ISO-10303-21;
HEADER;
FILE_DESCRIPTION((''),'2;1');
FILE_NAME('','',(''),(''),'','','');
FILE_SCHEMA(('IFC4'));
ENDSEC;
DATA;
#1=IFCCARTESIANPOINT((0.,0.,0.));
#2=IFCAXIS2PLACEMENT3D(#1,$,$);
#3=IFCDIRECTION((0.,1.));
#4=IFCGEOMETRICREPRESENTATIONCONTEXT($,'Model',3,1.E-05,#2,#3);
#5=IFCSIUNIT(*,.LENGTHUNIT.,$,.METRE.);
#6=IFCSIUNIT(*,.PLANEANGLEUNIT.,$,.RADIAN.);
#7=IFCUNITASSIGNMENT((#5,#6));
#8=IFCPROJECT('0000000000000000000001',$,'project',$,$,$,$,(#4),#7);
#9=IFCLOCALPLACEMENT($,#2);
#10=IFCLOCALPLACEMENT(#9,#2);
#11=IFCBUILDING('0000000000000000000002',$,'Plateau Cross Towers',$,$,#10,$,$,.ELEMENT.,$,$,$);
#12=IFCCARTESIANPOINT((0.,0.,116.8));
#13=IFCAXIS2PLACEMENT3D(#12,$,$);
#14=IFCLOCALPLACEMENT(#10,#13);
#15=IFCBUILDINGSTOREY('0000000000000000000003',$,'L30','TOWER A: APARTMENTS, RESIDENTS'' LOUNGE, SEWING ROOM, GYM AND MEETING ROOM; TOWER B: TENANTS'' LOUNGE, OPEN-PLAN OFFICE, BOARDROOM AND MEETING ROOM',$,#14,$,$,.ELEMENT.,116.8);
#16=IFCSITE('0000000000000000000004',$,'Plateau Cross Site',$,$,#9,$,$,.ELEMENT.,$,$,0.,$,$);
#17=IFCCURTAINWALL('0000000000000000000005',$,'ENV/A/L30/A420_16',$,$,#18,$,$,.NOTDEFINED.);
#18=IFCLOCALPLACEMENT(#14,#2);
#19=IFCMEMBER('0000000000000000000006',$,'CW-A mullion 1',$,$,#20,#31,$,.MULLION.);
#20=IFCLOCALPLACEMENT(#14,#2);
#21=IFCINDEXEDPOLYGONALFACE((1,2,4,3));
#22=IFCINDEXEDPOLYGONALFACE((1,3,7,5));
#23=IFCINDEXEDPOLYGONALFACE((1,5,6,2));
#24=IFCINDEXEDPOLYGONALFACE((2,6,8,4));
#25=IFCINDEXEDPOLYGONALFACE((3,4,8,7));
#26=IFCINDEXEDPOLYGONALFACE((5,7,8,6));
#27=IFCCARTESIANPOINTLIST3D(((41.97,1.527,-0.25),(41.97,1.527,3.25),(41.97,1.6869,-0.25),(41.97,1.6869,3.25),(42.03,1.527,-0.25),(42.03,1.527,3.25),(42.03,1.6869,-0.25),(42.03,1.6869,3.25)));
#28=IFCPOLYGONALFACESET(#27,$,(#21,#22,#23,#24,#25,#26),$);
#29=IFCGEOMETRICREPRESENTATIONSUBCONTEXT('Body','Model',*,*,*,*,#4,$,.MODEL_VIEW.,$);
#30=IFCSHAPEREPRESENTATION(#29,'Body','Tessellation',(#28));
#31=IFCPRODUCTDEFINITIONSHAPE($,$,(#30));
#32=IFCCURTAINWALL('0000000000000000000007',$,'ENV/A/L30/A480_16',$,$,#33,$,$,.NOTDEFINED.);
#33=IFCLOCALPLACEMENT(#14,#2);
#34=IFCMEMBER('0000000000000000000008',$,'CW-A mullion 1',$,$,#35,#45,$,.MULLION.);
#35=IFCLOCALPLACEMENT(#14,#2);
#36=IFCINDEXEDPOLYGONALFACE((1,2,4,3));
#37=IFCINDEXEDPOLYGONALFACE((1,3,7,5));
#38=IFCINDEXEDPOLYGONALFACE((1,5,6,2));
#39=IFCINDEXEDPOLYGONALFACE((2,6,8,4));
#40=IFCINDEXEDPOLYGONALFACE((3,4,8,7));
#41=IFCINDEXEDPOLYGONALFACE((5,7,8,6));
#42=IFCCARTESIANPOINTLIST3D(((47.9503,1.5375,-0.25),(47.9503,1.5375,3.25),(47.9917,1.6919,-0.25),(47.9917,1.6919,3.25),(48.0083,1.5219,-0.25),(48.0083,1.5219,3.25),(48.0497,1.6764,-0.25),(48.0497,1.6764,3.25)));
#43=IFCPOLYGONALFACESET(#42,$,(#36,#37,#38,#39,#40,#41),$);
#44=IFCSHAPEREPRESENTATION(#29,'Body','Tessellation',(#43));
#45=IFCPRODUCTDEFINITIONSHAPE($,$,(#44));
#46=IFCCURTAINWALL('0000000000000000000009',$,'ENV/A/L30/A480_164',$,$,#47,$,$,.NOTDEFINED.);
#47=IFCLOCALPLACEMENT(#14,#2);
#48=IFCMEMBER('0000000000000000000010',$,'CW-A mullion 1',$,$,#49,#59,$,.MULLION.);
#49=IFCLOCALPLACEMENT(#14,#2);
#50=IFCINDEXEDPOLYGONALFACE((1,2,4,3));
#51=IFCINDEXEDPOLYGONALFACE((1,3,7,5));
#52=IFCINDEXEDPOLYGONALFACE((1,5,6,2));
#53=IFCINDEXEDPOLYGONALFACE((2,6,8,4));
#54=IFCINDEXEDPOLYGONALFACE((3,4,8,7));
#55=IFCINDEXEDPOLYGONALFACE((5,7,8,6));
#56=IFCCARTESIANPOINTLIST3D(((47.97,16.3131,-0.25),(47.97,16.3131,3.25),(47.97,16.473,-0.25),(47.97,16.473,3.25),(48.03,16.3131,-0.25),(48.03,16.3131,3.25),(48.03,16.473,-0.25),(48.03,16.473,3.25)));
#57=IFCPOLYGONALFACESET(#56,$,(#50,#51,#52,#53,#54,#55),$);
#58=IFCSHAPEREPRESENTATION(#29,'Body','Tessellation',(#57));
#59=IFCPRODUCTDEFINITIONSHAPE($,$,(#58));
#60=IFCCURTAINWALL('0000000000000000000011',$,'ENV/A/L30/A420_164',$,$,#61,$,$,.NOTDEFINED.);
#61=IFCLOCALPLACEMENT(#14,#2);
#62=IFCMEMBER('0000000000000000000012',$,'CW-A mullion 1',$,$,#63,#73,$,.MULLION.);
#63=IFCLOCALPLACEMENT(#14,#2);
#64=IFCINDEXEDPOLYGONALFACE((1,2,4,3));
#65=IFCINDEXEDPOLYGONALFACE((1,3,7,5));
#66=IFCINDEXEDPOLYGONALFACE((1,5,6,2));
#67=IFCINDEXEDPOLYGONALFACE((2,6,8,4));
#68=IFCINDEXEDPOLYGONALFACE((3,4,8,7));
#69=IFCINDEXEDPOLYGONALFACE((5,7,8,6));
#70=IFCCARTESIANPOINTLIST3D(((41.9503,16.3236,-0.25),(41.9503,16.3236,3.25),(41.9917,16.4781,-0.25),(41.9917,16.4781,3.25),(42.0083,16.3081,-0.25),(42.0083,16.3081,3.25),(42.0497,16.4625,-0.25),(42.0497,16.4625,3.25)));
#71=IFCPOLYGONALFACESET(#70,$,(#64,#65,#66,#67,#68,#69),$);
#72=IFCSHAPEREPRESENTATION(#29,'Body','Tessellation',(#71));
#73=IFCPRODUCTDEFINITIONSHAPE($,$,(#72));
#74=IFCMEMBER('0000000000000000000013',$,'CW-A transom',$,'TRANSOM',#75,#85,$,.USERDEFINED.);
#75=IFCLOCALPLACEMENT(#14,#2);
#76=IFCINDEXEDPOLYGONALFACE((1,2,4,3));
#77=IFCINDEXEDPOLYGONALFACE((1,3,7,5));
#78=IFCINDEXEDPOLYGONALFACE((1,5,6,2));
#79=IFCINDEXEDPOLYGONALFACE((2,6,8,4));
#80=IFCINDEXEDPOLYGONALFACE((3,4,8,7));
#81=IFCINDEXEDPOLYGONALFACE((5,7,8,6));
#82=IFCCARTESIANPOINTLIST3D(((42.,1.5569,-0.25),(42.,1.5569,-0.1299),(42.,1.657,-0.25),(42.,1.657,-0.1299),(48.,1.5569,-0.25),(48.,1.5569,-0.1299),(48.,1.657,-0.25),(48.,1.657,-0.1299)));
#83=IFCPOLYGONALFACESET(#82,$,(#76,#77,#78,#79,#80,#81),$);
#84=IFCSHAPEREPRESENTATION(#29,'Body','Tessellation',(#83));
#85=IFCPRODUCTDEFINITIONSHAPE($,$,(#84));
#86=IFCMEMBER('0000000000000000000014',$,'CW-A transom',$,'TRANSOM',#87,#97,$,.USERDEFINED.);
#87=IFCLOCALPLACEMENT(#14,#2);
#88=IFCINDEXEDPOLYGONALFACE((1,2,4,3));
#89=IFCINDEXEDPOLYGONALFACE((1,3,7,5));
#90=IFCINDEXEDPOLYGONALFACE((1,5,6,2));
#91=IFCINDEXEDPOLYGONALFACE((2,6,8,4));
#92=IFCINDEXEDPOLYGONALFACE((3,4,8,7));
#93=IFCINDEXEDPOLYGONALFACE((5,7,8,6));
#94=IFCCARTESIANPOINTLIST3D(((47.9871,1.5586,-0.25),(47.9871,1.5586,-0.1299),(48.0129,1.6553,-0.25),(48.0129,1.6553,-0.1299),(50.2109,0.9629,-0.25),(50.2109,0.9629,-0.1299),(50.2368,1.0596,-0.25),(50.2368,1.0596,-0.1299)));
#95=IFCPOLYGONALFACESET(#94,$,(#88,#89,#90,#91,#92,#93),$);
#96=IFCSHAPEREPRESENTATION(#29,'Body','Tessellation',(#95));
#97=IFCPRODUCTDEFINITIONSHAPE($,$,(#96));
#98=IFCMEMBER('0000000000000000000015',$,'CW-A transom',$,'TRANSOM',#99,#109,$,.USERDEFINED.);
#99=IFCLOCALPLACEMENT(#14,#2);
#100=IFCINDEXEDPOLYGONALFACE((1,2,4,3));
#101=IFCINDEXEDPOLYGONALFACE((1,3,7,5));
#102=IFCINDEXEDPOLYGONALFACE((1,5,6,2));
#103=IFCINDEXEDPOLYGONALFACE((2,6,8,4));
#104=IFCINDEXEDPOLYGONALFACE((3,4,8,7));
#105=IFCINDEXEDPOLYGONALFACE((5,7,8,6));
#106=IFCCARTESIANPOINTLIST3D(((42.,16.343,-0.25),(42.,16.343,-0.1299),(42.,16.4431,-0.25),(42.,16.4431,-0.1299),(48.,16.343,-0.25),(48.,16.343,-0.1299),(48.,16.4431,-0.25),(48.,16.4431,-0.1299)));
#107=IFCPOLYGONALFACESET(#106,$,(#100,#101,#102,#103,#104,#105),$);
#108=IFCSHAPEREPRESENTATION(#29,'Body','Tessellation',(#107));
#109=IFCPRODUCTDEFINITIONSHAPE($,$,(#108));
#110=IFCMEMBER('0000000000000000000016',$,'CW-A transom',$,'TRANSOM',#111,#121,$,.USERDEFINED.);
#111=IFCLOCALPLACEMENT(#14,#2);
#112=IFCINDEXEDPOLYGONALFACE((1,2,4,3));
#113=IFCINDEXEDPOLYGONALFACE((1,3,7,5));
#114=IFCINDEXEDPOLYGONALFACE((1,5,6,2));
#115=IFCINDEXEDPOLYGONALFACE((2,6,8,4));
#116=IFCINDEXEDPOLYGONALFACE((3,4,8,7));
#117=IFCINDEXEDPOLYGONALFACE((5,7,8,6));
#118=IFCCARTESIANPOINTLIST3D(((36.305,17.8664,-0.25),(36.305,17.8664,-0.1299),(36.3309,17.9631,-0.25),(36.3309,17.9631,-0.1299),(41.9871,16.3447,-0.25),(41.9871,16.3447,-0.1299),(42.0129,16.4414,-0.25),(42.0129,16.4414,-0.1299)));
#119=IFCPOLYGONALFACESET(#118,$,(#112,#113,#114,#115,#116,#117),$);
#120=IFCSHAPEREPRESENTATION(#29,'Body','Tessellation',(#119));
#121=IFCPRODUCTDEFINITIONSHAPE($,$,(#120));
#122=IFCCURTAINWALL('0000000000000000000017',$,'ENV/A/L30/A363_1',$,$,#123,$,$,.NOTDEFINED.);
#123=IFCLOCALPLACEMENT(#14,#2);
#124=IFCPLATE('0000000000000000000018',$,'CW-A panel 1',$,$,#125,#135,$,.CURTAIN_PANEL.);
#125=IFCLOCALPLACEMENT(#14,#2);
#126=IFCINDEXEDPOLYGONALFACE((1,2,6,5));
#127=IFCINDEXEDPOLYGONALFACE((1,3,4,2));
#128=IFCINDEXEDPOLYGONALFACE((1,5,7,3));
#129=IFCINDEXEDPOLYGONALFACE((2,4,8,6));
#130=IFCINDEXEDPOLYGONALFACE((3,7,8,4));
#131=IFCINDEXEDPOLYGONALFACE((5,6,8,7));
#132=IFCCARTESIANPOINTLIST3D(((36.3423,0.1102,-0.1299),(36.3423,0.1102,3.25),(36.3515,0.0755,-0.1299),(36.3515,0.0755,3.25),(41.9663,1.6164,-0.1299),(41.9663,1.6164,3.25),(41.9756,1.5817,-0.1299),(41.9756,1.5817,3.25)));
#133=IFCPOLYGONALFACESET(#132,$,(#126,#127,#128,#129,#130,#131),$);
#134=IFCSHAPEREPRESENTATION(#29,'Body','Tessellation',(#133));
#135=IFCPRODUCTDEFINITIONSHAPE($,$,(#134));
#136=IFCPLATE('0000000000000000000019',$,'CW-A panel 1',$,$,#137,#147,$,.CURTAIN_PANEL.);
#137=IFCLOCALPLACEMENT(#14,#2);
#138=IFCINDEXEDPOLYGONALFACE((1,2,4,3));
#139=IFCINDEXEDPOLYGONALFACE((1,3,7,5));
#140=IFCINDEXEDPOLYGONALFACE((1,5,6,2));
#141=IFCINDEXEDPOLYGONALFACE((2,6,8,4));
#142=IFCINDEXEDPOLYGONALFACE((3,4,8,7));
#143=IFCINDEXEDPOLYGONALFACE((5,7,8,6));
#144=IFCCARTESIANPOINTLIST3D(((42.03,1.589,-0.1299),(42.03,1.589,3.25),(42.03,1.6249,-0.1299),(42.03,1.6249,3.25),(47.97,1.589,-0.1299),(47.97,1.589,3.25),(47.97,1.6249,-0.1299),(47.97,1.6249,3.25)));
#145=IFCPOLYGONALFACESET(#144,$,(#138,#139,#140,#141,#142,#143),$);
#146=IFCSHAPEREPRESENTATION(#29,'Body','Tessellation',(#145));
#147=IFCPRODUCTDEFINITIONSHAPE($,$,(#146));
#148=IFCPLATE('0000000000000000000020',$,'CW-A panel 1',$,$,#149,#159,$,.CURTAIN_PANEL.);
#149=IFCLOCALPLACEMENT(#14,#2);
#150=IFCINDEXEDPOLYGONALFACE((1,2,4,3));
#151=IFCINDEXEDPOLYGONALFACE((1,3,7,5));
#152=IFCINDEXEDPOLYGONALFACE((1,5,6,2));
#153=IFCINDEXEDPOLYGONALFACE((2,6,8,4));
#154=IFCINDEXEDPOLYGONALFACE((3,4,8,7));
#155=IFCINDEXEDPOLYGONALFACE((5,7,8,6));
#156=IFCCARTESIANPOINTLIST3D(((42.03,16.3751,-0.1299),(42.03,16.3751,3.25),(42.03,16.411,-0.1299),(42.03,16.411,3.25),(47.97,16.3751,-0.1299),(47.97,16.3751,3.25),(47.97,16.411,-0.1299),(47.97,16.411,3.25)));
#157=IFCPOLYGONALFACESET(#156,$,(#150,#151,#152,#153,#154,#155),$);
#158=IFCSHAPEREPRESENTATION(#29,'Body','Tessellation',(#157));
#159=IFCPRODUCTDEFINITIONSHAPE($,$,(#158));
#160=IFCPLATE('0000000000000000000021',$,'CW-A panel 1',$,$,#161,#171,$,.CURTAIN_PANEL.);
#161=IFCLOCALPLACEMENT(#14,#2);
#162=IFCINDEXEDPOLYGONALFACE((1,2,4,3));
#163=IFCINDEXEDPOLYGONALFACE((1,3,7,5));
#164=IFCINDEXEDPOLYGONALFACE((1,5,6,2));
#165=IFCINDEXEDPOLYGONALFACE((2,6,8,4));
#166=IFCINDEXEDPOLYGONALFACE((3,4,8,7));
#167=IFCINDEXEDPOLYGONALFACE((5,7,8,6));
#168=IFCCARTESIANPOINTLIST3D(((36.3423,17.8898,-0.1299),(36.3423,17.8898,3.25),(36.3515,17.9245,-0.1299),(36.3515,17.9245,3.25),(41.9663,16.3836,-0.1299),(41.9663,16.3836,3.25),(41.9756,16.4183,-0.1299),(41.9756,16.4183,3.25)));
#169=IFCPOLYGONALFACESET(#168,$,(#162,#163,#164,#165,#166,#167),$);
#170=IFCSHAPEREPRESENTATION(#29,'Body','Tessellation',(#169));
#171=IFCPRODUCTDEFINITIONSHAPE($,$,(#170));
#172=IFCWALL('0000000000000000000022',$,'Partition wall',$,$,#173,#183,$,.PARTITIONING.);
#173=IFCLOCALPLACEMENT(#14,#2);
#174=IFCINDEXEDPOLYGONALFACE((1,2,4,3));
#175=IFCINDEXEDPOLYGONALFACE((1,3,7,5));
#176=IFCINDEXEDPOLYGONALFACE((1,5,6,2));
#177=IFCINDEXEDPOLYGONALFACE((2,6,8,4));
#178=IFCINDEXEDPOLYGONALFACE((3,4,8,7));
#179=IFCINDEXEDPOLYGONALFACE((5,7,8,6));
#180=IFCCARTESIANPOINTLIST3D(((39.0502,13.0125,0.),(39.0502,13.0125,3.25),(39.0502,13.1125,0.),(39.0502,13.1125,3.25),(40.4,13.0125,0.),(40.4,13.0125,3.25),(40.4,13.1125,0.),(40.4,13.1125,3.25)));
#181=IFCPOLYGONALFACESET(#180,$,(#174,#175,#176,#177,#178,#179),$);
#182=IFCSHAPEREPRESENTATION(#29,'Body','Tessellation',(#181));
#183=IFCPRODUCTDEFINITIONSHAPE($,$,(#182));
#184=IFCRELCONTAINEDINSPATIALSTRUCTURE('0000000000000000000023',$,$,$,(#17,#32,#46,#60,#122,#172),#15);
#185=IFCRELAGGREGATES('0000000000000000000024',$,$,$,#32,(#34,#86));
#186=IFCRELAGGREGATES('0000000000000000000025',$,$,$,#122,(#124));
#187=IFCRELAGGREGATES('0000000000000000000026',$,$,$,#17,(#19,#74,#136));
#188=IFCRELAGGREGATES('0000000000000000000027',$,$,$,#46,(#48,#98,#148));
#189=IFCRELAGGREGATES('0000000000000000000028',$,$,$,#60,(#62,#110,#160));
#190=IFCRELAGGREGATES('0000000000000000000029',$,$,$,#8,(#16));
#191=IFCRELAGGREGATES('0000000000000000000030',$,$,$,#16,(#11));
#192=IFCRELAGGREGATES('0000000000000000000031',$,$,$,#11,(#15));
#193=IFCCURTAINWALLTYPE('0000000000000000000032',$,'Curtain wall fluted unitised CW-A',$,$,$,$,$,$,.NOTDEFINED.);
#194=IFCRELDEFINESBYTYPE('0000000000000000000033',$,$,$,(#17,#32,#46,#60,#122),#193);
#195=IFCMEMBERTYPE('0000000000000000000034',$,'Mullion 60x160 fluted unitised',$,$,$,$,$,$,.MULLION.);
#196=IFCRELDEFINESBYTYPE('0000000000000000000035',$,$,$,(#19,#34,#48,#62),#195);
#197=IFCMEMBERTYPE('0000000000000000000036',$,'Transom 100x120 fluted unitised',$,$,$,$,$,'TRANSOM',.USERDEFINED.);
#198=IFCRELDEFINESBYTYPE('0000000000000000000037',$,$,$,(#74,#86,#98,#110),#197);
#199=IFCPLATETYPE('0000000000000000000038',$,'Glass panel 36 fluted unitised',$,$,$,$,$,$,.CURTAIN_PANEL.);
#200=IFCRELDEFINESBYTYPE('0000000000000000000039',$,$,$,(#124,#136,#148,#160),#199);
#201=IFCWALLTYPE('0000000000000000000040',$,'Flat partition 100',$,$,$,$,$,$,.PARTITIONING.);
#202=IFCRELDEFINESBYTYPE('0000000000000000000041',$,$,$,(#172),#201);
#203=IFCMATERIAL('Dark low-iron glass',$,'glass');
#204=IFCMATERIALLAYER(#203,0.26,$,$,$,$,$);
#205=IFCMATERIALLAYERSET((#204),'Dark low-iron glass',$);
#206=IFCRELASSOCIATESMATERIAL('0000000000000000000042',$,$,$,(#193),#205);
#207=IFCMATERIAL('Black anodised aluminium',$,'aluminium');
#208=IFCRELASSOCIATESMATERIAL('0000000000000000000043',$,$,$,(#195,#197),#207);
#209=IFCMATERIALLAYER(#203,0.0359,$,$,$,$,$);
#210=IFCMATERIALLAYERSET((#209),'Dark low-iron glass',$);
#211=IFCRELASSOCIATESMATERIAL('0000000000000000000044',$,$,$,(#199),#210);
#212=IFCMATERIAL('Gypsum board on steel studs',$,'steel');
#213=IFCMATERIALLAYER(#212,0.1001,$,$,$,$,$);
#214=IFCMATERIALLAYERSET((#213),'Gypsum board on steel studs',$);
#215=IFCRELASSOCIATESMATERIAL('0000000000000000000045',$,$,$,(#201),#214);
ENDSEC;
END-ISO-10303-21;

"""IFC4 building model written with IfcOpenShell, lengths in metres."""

from ifc_helpers import new_model, si_unit, direction, frame, frame_2d, origin, origin_2d, place, context, subcontext, project, spatial, rectangle, extrude, material, layer, layer_set, material_profile, profile_set, type_object, element, aggregate, save


model = new_model("IFC4")

# Units and contexts
model_context = context("Model", 3, precision=1e-05, world=origin(), true_north=direction((0.0, 1.0)))
body_context = subcontext(model_context, "Body", "Model", "MODEL_VIEW")
ifc_project = project(units=[si_unit("LENGTHUNIT", "METRE"), si_unit("PLANEANGLEUNIT", "RADIAN")], contexts=[model_context])

# Site, building, storey
site_placement = place(None, origin())
site = spatial("IfcSite", under=ifc_project, at=site_placement, Name="Plateau Cross Site", CompositionType="ELEMENT", RefElevation=0.0)
building_placement = place(site_placement, origin())
building = spatial("IfcBuilding", under=site, at=building_placement, Name="Plateau Cross Towers", CompositionType="ELEMENT")
storey_placement = place(building_placement, frame((0.0, 0.0, 116.8)))
storey = spatial("IfcBuildingStorey", under=building, at=storey_placement, Name="L30", Description="TOWER A: APARTMENTS, RESIDENTS' LOUNGE, SEWING ROOM, GYM AND MEETING ROOM; TOWER B: TENANTS' LOUNGE, OPEN-PLAN OFFICE, BOARDROOM AND MEETING ROOM", CompositionType="ELEMENT", Elevation=116.8)

# Curtain walls, members
ifc_material_1 = material(Name="Dark low-iron glass", Category="glass")
ifc_layer_1 = layer(ifc_material_1, 0.26)
ifc_layer_set_1 = layer_set([ifc_layer_1], Name="Dark low-iron glass")
curtain_wall_type = type_object("IfcCurtainWallType", Name="Curtain wall fluted unitised CW-A", PredefinedType="NOTDEFINED", material=ifc_layer_set_1)
curtain_wall_1_placement = place(storey_placement, origin())
curtain_wall_1 = element("IfcCurtainWall", 1, at=curtain_wall_1_placement, inside=storey, type_object=curtain_wall_type, Name="ENV/A/L30/A420_16", PredefinedType="NOTDEFINED")
ifc_material_2 = material(Name="Black anodised aluminium", Category="aluminium")
ifc_material_profile_1 = material_profile(ifc_material_2, rectangle(XDim=0.0601, YDim=0.1599, at=origin_2d()), Name="MULLION 60x160")
ifc_profile_set_1 = profile_set([ifc_material_profile_1], Name="Black anodised aluminium")
member_type_1 = type_object("IfcMemberType", Name="Mullion 60x160 fluted unitised", PredefinedType="MULLION", material=ifc_profile_set_1)
member_1_placement = place(storey_placement, frame((42.0, 1.6069, -0.25), z_axis=(0.0, 0.0, 1.0), x_axis=(1.0, 0.0, 0.0)))
member_1 = element("IfcMember", 2, at=member_1_placement, type_object=member_type_1, Name="CW-A mullion 1", PredefinedType="MULLION", context=body_context, shape_type="SweptSolid", body=[
    extrude(rectangle(XDim=0.0601, YDim=0.1599, at=origin_2d()), origin(), (0.0, 0.0, 1.0), 3.5),
])
curtain_wall_2_placement = place(storey_placement, origin())
curtain_wall_2 = element("IfcCurtainWall", 3, at=curtain_wall_2_placement, inside=storey, type_object=curtain_wall_type, Name="ENV/A/L30/A480_16", PredefinedType="NOTDEFINED")
member_2_placement = place(storey_placement, frame((48.0, 1.6069, -0.25), z_axis=(0.0, 0.0, 1.0), x_axis=(0.965958, -0.258699, 0.0)))
member_2 = element("IfcMember", 4, at=member_2_placement, type_object=member_type_1, Name="CW-A mullion 1", PredefinedType="MULLION", context=body_context, shape_type="SweptSolid", body=[
    extrude(rectangle(XDim=0.0601, YDim=0.1599, at=origin_2d()), origin(), (0.0, 0.0, 1.0), 3.5),
])
curtain_wall_3_placement = place(storey_placement, origin())
curtain_wall_3 = element("IfcCurtainWall", 5, at=curtain_wall_3_placement, inside=storey, type_object=curtain_wall_type, Name="ENV/A/L30/A480_164", PredefinedType="NOTDEFINED")
member_3_placement = place(storey_placement, frame((48.0, 16.3931, -0.25), z_axis=(0.0, 0.0, 1.0), x_axis=(-1.0, 0.0, 0.0)))
member_3 = element("IfcMember", 6, at=member_3_placement, type_object=member_type_1, Name="CW-A mullion 1", PredefinedType="MULLION", context=body_context, shape_type="SweptSolid", body=[
    extrude(rectangle(XDim=0.0601, YDim=0.1599, at=origin_2d()), origin(), (0.0, 0.0, 1.0), 3.5),
])
curtain_wall_4_placement = place(storey_placement, origin())
curtain_wall_4 = element("IfcCurtainWall", 7, at=curtain_wall_4_placement, inside=storey, type_object=curtain_wall_type, Name="ENV/A/L30/A420_164", PredefinedType="NOTDEFINED")
member_4_placement = place(storey_placement, frame((42.0, 16.3931, -0.25), z_axis=(0.0, 0.0, 1.0), x_axis=(-0.965958, 0.258699, 0.0)))
member_4 = element("IfcMember", 8, at=member_4_placement, type_object=member_type_1, Name="CW-A mullion 1", PredefinedType="MULLION", context=body_context, shape_type="SweptSolid", body=[
    extrude(rectangle(XDim=0.0601, YDim=0.1599, at=origin_2d()), origin(), (0.0, 0.0, 1.0), 3.5),
])

# Members
ifc_material_profile_2 = material_profile(ifc_material_2, rectangle(XDim=0.1001, YDim=0.1201, at=origin_2d()), Name="TRANSOM 100x120")
ifc_profile_set_2 = profile_set([ifc_material_profile_2], Name="Black anodised aluminium")
member_type_2 = type_object("IfcMemberType", Name="Transom 100x120 fluted unitised", ElementType="TRANSOM", PredefinedType="USERDEFINED", material=ifc_profile_set_2)
member_5_placement = place(storey_placement, frame((42.0, 1.6069, -0.1899), z_axis=(1.0, 0.0, 0.0), x_axis=(0.0, 1.0, 0.0)))
member_5 = element("IfcMember", 9, at=member_5_placement, type_object=member_type_2, Name="CW-A transom", ObjectType="TRANSOM", PredefinedType="USERDEFINED", context=body_context, shape_type="SweptSolid", body=[
    extrude(rectangle(XDim=0.1001, YDim=0.1201, at=origin_2d()), origin(), (0.0, 0.0, 1.0), 6.0),
])
member_6_placement = place(storey_placement, frame((48.0, 1.6069, -0.1899), z_axis=(0.965946, -0.258745, 0.0), x_axis=(0.258745, 0.965946, 0.0)))
member_6 = element("IfcMember", 10, at=member_6_placement, type_object=member_type_2, Name="CW-A transom", ObjectType="TRANSOM", PredefinedType="USERDEFINED", context=body_context, shape_type="SweptSolid", body=[
    extrude(rectangle(XDim=0.1001, YDim=0.1201, at=origin_2d()), origin(), (0.0, 0.0, 1.0), 2.3022),
])
aggregate(curtain_wall_2, [member_2, member_6])
member_7_placement = place(storey_placement, frame((48.0, 16.3931, -0.1899), z_axis=(-1.0, 0.0, 0.0), x_axis=(0.0, -1.0, 0.0)))
member_7 = element("IfcMember", 11, at=member_7_placement, type_object=member_type_2, Name="CW-A transom", ObjectType="TRANSOM", PredefinedType="USERDEFINED", context=body_context, shape_type="SweptSolid", body=[
    extrude(rectangle(XDim=0.1001, YDim=0.1201, at=origin_2d()), origin(), (0.0, 0.0, 1.0), 6.0),
])
member_8_placement = place(storey_placement, frame((42.0, 16.3931, -0.1899), z_axis=(-0.96596, 0.258693, 0.0), x_axis=(-0.258693, -0.96596, 0.0)))
member_8 = element("IfcMember", 12, at=member_8_placement, type_object=member_type_2, Name="CW-A transom", ObjectType="TRANSOM", PredefinedType="USERDEFINED", context=body_context, shape_type="SweptSolid", body=[
    extrude(rectangle(XDim=0.1001, YDim=0.1201, at=origin_2d()), origin(), (0.0, 0.0, 1.0), 5.8823),
])

# Curtain wall, plate
curtain_wall_5_placement = place(storey_placement, origin())
curtain_wall_5 = element("IfcCurtainWall", 13, at=curtain_wall_5_placement, inside=storey, type_object=curtain_wall_type, Name="ENV/A/L30/A363_1", PredefinedType="NOTDEFINED")
ifc_layer_2 = layer(ifc_material_1, 0.0359)
ifc_layer_set_2 = layer_set([ifc_layer_2], Name="Dark low-iron glass")
plate_type = type_object("IfcPlateType", Name="Glass panel 36 fluted unitised", PredefinedType="CURTAIN_PANEL", material=ifc_layer_set_2)
plate_1_placement = place(storey_placement, frame((39.1589, 0.8459, -0.1299), z_axis=(0.0, 0.0, 1.0), x_axis=(0.965958, 0.258699, 0.0)))
plate_1 = element("IfcPlate", 14, at=plate_1_placement, type_object=plate_type, Name="CW-A panel 1", PredefinedType="CURTAIN_PANEL", context=body_context, shape_type="SweptSolid", body=[
    extrude(rectangle(XDim=5.8223, YDim=0.0359, at=origin_2d()), origin(), (0.0, 0.0, 1.0), 3.3799),
])
aggregate(curtain_wall_5, [plate_1])

# Plates
plate_2_placement = place(storey_placement, frame((45.0, 1.6069, -0.1299), z_axis=(0.0, 0.0, 1.0), x_axis=(1.0, 0.0, 0.0)))
plate_2 = element("IfcPlate", 15, at=plate_2_placement, type_object=plate_type, Name="CW-A panel 1", PredefinedType="CURTAIN_PANEL", context=body_context, shape_type="SweptSolid", body=[
    extrude(rectangle(XDim=5.9399, YDim=0.0359, at=origin_2d()), origin(), (0.0, 0.0, 1.0), 3.3799),
])
aggregate(curtain_wall_1, [member_1, member_5, plate_2])
plate_3_placement = place(storey_placement, frame((45.0, 16.3931, -0.1299), z_axis=(0.0, 0.0, 1.0), x_axis=(-1.0, 0.0, 0.0)))
plate_3 = element("IfcPlate", 16, at=plate_3_placement, type_object=plate_type, Name="CW-A panel 1", PredefinedType="CURTAIN_PANEL", context=body_context, shape_type="SweptSolid", body=[
    extrude(rectangle(XDim=5.9399, YDim=0.0359, at=origin_2d()), origin(), (0.0, 0.0, 1.0), 3.3799),
])
aggregate(curtain_wall_3, [member_3, member_7, plate_3])
plate_4_placement = place(storey_placement, frame((39.1589, 17.1541, -0.1299), z_axis=(0.0, 0.0, 1.0), x_axis=(-0.965958, 0.258699, 0.0)))
plate_4 = element("IfcPlate", 17, at=plate_4_placement, type_object=plate_type, Name="CW-A panel 1", PredefinedType="CURTAIN_PANEL", context=body_context, shape_type="SweptSolid", body=[
    extrude(rectangle(XDim=5.8223, YDim=0.0359, at=origin_2d()), origin(), (0.0, 0.0, 1.0), 3.3799),
])
aggregate(curtain_wall_4, [member_4, member_8, plate_4])

# Wall
ifc_material_3 = material(Name="Gypsum board on steel studs", Category="steel")
ifc_layer_3 = layer(ifc_material_3, 0.1001)
ifc_layer_set_3 = layer_set([ifc_layer_3], Name="Gypsum board on steel studs")
wall_type_1 = type_object("IfcWallType", Name="Flat partition 100", PredefinedType="PARTITIONING", material=ifc_layer_set_3)
wall_1_placement = place(storey_placement, frame((40.3999, 13.0625, 0.0), z_axis=(0.0, 0.0, 1.0), x_axis=(-1.0, 0.0, 0.0)))
element("IfcWall", 18, at=wall_1_placement, inside=storey, type_object=wall_type_1, Name="Partition wall", PredefinedType="PARTITIONING", context=body_context, shape_type="SweptSolid", body=[
    extrude(rectangle(XDim=1.3499, YDim=0.1001, at=frame_2d((0.6748, 0.0))), origin(), (0.0, 0.0, 1.0), 3.25),
])

save(model, "model.ifc")
